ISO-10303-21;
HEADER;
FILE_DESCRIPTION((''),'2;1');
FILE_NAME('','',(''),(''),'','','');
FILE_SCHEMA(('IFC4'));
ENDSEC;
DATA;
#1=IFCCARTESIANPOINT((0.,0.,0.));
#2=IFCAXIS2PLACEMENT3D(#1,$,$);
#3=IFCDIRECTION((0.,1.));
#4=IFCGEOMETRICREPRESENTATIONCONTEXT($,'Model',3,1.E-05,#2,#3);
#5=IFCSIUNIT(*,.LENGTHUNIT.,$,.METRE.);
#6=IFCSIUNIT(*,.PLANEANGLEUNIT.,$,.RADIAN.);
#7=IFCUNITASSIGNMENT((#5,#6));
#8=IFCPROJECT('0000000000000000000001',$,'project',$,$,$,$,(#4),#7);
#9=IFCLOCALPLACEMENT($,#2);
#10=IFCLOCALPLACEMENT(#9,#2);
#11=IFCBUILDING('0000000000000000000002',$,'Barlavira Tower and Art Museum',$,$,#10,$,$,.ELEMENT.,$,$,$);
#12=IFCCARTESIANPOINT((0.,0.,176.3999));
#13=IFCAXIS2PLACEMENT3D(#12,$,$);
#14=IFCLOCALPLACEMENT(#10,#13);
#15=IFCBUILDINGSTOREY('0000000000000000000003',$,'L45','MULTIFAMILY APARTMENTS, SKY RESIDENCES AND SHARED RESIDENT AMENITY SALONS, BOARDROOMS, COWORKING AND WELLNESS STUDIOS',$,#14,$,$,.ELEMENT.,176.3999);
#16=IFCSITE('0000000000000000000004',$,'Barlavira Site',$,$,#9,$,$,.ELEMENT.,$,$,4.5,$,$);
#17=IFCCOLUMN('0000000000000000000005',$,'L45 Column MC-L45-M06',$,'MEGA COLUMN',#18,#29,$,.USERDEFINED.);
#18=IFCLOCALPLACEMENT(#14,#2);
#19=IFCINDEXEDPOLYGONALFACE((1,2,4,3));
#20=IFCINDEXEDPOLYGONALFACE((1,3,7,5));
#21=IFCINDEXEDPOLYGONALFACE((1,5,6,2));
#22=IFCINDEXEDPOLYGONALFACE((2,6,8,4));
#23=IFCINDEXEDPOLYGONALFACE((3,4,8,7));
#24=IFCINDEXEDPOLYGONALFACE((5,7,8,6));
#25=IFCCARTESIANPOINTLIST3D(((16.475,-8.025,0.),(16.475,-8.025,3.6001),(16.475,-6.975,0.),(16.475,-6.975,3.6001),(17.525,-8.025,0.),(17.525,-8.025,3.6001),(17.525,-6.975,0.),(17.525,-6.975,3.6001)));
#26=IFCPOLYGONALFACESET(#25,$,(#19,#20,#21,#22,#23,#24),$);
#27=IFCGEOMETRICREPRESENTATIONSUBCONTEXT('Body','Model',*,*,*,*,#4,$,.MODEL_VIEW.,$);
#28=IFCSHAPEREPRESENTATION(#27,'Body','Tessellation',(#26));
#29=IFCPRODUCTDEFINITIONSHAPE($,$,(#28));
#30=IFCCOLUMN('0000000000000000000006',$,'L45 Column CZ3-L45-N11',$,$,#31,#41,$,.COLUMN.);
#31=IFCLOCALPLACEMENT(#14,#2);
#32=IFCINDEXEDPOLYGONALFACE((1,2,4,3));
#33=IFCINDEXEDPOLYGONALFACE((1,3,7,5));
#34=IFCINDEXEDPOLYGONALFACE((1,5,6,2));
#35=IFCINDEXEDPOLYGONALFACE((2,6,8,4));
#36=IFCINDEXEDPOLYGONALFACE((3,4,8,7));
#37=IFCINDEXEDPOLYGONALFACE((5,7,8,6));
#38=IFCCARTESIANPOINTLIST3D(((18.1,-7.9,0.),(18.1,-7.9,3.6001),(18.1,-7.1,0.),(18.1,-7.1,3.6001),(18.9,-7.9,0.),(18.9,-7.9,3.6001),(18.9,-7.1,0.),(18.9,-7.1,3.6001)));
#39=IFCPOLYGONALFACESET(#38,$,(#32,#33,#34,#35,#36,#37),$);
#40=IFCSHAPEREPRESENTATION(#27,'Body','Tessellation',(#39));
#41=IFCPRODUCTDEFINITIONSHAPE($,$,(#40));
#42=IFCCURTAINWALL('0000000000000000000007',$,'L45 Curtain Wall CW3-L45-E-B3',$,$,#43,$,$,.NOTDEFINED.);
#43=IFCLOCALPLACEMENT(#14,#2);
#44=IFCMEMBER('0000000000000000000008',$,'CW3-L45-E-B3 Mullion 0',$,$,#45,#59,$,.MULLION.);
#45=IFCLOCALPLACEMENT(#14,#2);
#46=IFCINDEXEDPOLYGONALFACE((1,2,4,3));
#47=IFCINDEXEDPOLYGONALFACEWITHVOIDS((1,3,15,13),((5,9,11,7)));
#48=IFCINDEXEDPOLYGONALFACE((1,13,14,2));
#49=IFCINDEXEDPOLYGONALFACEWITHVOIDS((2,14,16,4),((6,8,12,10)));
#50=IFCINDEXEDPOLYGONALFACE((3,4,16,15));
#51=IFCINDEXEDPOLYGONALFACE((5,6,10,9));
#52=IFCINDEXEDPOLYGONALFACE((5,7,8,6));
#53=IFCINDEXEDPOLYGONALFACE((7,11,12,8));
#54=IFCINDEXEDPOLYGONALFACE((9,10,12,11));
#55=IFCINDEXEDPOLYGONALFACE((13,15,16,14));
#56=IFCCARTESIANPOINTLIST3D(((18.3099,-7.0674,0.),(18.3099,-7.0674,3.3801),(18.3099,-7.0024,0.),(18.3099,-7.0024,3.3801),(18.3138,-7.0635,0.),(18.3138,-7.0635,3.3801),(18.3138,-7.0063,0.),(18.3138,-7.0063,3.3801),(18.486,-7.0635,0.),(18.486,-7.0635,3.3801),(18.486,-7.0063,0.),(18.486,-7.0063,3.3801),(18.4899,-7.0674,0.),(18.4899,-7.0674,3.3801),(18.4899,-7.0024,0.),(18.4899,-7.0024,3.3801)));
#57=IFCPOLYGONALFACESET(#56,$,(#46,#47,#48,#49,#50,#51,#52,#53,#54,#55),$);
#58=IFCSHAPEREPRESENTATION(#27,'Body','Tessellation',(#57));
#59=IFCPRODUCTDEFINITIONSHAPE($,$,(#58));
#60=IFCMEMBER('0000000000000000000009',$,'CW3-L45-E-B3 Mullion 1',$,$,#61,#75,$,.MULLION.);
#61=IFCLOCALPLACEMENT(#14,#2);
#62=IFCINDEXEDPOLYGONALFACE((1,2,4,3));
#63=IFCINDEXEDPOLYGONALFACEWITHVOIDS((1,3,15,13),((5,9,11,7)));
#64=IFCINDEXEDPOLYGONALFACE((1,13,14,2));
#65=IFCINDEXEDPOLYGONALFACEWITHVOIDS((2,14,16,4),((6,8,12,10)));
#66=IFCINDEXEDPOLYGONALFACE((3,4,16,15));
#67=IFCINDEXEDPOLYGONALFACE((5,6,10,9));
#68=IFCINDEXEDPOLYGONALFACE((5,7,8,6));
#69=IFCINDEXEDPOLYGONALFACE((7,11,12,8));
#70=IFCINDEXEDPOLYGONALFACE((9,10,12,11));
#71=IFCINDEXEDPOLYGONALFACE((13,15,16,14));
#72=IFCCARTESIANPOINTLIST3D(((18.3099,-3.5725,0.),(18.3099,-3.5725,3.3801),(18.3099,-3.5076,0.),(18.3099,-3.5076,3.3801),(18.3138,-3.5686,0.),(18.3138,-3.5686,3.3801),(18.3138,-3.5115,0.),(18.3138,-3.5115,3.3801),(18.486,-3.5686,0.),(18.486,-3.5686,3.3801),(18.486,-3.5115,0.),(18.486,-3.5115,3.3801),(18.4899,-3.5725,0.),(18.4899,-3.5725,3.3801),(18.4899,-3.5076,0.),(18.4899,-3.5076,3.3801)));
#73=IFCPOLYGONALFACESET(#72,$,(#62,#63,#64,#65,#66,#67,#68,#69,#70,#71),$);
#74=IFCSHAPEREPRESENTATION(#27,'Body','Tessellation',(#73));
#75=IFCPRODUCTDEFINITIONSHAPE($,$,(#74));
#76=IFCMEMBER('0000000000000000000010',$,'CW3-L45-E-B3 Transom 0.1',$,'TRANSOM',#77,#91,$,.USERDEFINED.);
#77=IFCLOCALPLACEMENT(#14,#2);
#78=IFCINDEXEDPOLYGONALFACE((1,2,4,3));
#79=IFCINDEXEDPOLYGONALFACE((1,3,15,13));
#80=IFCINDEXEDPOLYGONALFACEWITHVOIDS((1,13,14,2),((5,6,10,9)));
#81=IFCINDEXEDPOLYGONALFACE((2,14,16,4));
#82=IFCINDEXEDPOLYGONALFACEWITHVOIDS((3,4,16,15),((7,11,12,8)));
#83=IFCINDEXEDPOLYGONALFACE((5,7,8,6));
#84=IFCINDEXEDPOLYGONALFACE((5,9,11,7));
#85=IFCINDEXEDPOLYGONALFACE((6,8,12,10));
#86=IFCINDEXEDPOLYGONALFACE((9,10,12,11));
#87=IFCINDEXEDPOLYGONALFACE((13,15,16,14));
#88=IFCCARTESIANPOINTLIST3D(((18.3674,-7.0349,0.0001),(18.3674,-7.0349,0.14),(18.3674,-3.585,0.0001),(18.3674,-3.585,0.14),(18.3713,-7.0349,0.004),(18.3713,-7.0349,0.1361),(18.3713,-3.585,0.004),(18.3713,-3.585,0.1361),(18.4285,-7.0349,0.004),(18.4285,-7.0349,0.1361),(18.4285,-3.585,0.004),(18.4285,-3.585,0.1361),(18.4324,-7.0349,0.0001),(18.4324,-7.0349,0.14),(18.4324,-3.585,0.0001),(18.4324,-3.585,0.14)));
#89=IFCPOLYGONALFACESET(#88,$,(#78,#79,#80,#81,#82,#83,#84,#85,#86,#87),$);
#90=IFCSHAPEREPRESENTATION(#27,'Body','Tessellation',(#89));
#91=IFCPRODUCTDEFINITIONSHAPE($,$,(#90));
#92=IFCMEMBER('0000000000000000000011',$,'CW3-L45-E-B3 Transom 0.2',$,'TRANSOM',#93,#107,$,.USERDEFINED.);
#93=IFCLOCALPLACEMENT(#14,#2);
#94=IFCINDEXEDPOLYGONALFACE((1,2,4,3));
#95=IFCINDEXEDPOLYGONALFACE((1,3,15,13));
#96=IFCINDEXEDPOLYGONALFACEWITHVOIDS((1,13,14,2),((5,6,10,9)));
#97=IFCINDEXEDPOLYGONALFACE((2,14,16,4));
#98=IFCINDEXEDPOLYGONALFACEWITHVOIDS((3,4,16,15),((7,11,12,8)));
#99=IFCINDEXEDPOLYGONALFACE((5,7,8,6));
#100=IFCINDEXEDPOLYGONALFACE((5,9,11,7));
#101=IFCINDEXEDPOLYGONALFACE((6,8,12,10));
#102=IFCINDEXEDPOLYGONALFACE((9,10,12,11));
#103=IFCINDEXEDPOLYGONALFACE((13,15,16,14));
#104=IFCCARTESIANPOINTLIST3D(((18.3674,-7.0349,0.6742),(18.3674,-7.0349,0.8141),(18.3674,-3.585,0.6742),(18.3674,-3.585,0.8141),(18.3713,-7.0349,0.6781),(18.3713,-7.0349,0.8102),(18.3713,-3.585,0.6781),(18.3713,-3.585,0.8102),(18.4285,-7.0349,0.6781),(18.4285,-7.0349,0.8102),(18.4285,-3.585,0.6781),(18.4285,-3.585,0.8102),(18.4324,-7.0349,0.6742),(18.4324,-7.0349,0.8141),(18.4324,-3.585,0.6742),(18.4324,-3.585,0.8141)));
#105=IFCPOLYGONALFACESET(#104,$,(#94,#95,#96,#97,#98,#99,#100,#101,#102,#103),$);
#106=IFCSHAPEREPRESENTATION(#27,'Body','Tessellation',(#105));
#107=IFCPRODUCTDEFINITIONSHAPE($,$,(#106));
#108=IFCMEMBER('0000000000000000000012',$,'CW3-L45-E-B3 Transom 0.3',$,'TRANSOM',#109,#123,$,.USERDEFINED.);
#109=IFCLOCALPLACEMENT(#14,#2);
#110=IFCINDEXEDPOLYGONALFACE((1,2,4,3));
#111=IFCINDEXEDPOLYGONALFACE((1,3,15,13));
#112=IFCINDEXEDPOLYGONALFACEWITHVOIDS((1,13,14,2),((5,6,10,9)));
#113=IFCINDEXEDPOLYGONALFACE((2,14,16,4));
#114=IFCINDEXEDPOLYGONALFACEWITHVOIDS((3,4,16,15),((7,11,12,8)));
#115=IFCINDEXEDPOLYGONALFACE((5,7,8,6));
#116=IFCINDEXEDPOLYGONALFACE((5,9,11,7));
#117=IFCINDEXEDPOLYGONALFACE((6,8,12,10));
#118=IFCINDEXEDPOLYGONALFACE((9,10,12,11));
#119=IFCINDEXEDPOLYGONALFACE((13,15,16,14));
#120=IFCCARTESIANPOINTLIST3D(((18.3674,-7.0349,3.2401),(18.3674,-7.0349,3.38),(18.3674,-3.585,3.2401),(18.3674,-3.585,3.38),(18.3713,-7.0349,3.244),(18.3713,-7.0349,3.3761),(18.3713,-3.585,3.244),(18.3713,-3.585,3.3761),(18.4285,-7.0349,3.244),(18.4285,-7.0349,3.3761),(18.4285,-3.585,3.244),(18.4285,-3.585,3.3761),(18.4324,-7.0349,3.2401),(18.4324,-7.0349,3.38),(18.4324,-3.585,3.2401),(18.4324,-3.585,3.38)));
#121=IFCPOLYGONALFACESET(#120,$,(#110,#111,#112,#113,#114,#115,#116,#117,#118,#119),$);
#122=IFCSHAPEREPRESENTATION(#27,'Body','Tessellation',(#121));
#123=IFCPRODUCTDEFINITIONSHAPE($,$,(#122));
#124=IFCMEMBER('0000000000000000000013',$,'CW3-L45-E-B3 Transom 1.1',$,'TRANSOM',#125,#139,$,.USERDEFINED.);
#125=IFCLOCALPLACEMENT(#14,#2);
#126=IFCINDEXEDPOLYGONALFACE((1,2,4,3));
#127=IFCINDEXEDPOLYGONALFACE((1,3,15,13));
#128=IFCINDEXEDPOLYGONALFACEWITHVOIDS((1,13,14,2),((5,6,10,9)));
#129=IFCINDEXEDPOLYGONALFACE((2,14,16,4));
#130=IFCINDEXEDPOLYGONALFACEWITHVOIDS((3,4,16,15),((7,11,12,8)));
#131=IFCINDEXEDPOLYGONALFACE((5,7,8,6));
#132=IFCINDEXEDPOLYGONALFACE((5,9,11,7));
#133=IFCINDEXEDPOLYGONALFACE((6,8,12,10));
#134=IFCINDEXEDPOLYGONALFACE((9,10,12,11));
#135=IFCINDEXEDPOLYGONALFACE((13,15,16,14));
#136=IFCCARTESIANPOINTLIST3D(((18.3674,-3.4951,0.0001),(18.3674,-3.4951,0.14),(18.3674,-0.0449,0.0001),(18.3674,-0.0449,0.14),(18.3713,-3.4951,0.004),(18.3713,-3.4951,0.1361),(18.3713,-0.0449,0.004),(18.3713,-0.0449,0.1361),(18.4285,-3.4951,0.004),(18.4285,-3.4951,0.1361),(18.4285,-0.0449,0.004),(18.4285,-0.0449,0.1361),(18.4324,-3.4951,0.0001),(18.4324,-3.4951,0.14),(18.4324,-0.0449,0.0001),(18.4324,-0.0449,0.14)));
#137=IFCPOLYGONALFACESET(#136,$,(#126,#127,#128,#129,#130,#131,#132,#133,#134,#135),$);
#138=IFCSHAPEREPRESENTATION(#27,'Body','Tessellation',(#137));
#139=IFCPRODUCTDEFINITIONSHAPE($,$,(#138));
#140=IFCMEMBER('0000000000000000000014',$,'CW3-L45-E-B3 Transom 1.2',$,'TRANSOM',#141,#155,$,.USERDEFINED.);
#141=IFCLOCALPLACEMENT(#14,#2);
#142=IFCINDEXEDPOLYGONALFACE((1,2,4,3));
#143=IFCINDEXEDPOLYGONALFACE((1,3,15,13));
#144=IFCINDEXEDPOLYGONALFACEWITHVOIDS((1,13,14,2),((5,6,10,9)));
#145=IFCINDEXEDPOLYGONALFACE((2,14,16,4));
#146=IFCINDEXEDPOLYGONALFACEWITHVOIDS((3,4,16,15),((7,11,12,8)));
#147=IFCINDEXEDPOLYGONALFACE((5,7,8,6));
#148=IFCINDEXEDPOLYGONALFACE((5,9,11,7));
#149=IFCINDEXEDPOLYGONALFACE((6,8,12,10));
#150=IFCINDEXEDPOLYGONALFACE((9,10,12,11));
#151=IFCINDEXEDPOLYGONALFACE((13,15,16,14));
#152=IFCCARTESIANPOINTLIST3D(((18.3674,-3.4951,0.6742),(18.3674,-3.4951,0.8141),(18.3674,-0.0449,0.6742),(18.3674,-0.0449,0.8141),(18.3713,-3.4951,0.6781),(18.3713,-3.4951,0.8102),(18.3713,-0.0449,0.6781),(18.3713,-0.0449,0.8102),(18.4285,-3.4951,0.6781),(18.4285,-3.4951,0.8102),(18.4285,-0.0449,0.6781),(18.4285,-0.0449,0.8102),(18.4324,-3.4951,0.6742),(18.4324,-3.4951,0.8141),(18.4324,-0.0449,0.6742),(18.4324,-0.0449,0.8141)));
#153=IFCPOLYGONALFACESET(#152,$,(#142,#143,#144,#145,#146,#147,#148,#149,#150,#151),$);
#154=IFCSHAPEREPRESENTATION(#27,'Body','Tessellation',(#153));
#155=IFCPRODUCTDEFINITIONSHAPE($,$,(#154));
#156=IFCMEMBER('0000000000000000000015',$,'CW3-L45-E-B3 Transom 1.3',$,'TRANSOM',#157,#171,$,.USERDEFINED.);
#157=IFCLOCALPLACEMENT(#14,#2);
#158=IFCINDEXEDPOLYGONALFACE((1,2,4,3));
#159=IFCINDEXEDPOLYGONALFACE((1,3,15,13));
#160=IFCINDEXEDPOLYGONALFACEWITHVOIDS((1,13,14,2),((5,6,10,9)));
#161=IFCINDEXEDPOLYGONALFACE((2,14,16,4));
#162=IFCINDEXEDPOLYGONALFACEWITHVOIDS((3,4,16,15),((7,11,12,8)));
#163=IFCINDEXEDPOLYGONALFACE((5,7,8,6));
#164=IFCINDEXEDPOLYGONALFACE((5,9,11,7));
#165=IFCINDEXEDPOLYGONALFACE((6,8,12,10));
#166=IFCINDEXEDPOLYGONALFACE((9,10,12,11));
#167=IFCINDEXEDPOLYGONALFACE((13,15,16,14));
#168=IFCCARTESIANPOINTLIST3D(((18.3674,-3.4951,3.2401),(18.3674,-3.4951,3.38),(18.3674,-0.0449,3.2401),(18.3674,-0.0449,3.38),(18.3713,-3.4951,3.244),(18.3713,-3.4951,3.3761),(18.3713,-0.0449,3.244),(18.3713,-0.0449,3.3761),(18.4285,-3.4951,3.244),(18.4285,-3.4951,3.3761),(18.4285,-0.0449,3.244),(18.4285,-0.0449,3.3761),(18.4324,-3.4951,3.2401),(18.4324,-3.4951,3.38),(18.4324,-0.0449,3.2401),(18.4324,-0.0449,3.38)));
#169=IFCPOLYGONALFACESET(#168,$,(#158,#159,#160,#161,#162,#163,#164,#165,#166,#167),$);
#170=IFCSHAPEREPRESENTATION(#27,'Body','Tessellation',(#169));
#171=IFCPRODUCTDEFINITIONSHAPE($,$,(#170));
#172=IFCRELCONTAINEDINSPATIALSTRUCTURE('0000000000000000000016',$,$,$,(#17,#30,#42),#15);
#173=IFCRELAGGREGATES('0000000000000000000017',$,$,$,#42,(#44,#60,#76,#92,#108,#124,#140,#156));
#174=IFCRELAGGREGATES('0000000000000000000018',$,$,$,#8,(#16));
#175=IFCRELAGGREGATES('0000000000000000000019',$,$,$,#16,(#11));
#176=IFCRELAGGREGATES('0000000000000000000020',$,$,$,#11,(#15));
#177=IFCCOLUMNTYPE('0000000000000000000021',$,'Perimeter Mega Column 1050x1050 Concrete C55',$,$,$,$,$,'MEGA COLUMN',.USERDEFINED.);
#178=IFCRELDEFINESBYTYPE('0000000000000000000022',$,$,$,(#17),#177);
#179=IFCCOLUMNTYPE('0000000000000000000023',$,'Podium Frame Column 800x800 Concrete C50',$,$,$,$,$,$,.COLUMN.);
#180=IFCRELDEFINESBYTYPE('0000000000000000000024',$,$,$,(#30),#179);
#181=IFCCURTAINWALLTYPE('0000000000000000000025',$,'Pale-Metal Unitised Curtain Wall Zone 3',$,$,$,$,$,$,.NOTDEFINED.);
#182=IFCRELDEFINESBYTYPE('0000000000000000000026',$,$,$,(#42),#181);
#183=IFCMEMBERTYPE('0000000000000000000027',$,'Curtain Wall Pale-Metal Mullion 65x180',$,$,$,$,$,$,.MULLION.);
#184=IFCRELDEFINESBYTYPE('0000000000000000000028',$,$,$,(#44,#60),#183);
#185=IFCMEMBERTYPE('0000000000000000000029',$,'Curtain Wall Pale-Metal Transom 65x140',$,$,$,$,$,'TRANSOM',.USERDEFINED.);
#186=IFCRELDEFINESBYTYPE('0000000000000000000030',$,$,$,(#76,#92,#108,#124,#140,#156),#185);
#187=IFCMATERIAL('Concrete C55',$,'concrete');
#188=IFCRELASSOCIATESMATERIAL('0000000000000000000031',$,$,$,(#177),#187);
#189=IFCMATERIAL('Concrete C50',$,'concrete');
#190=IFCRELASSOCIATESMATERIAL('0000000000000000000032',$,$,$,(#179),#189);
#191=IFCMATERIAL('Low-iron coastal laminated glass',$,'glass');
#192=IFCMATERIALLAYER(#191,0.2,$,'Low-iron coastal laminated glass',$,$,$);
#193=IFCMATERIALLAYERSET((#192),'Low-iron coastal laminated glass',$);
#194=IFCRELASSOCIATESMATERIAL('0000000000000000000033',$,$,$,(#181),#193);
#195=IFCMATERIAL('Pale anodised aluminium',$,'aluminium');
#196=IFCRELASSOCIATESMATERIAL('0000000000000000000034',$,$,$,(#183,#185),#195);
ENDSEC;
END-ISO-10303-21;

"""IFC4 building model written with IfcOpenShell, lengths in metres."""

from ifc_helpers import new_model, si_unit, direction, frame, origin, origin_2d, place, context, subcontext, project, spatial, rectangle, hollow_rectangle, extrude, material, layer, layer_set, material_profile, profile_set, type_object, element, aggregate, save


model = new_model("IFC4")

# Units and contexts
model_context = context("Model", 3, precision=1e-05, world=origin(), true_north=direction((0.0, 1.0)))
body_context = subcontext(model_context, "Body", "Model", "MODEL_VIEW")
ifc_project = project(units=[si_unit("LENGTHUNIT", "METRE"), si_unit("PLANEANGLEUNIT", "RADIAN")], contexts=[model_context])

# Site, building, storey
site_placement = place(None, origin())
site = spatial("IfcSite", under=ifc_project, at=site_placement, Name="Barlavira Site", CompositionType="ELEMENT", RefElevation=4.5)
building_placement = place(site_placement, origin())
building = spatial("IfcBuilding", under=site, at=building_placement, Name="Barlavira Tower and Art Museum", CompositionType="ELEMENT")
storey_placement = place(building_placement, frame((0.0, 0.0, 176.3999)))
storey = spatial("IfcBuildingStorey", under=building, at=storey_placement, Name="L45", Description="MULTIFAMILY APARTMENTS, SKY RESIDENCES AND SHARED RESIDENT AMENITY SALONS, BOARDROOMS, COWORKING AND WELLNESS STUDIOS", CompositionType="ELEMENT", Elevation=176.3999)

# Columns
ifc_material_1 = material(Name="Concrete C55", Category="concrete")
ifc_material_profile_1 = material_profile(ifc_material_1, rectangle(XDim=1.05, YDim=1.05, at=origin_2d()), Name="RC-COL 1050x1050")
ifc_profile_set_1 = profile_set([ifc_material_profile_1], Name="Concrete C55")
column_type_1 = type_object("IfcColumnType", Name="Perimeter Mega Column 1050x1050 Concrete C55", ElementType="MEGA COLUMN", PredefinedType="USERDEFINED", material=ifc_profile_set_1)
column_1_placement = place(storey_placement, frame((17.0, -7.5, 0.0), z_axis=(0.0, 0.0, 1.0), x_axis=(1.0, 0.0, 0.0)))
element("IfcColumn", 1, at=column_1_placement, inside=storey, type_object=column_type_1, Name="L45 Column MC-L45-M06", ObjectType="MEGA COLUMN", PredefinedType="USERDEFINED", context=body_context, shape_type="SweptSolid", body=[
    extrude(rectangle(XDim=1.05, YDim=1.05, at=origin_2d()), origin(), (0.0, 0.0, 1.0), 3.6001),
])
ifc_material_2 = material(Name="Concrete C50", Category="concrete")
ifc_material_profile_2 = material_profile(ifc_material_2, rectangle(XDim=0.8, YDim=0.8, at=origin_2d()), Name="RC-COL 800x800")
ifc_profile_set_2 = profile_set([ifc_material_profile_2], Name="Concrete C50")
column_type_2 = type_object("IfcColumnType", Name="Podium Frame Column 800x800 Concrete C50", PredefinedType="COLUMN", material=ifc_profile_set_2)
column_2_placement = place(storey_placement, frame((18.5, -7.5, 0.0), z_axis=(0.0, 0.0, 1.0), x_axis=(1.0, 0.0, 0.0)))
element("IfcColumn", 2, at=column_2_placement, inside=storey, type_object=column_type_2, Name="L45 Column CZ3-L45-N11", PredefinedType="COLUMN", context=body_context, shape_type="SweptSolid", body=[
    extrude(rectangle(XDim=0.8, YDim=0.8, at=origin_2d()), origin(), (0.0, 0.0, 1.0), 3.6001),
])

# Curtain wall, members
ifc_material_3 = material(Name="Low-iron coastal laminated glass", Category="glass")
ifc_layer_1 = layer(ifc_material_3, 0.2, Name="Low-iron coastal laminated glass")
ifc_layer_set_1 = layer_set([ifc_layer_1], Name="Low-iron coastal laminated glass")
curtain_wall_type = type_object("IfcCurtainWallType", Name="Pale-Metal Unitised Curtain Wall Zone 3", PredefinedType="NOTDEFINED", material=ifc_layer_set_1)
curtain_wall_placement = place(storey_placement, origin())
curtain_wall = element("IfcCurtainWall", 3, at=curtain_wall_placement, inside=storey, type_object=curtain_wall_type, Name="L45 Curtain Wall CW3-L45-E-B3", PredefinedType="NOTDEFINED")
ifc_material_4 = material(Name="Pale anodised aluminium", Category="aluminium")
ifc_material_profile_3 = material_profile(ifc_material_4, hollow_rectangle(XDim=0.0649, YDim=0.1799, WallThickness=0.0039, at=origin_2d()), Name="ALU-MULL 65x180x4")
ifc_profile_set_3 = profile_set([ifc_material_profile_3], Name="Pale anodised aluminium")
member_type_1 = type_object("IfcMemberType", Name="Curtain Wall Pale-Metal Mullion 65x180", PredefinedType="MULLION", material=ifc_profile_set_3)
member_1_placement = place(storey_placement, frame((18.3999, -7.0349, 0.0), z_axis=(0.0, 0.0, 1.0), x_axis=(0.0, 1.0, 0.0)))
member_1 = element("IfcMember", 4, at=member_1_placement, type_object=member_type_1, Name="CW3-L45-E-B3 Mullion 0", PredefinedType="MULLION", context=body_context, shape_type="SweptSolid", body=[
    extrude(hollow_rectangle(XDim=0.0649, YDim=0.1799, WallThickness=0.0039, at=origin_2d()), origin(), (0.0, 0.0, 1.0), 3.3801),
])
member_2_placement = place(storey_placement, frame((18.3999, -3.54, 0.0), z_axis=(0.0, 0.0, 1.0), x_axis=(0.0, 1.0, 0.0)))
member_2 = element("IfcMember", 5, at=member_2_placement, type_object=member_type_1, Name="CW3-L45-E-B3 Mullion 1", PredefinedType="MULLION", context=body_context, shape_type="SweptSolid", body=[
    extrude(hollow_rectangle(XDim=0.0649, YDim=0.1799, WallThickness=0.0039, at=origin_2d()), origin(), (0.0, 0.0, 1.0), 3.3801),
])
ifc_material_profile_4 = material_profile(ifc_material_4, hollow_rectangle(XDim=0.0649, YDim=0.1399, WallThickness=0.0039, at=origin_2d()), Name="ALU-TRAN 65x140x4")
ifc_profile_set_4 = profile_set([ifc_material_profile_4], Name="Pale anodised aluminium")
member_type_2 = type_object("IfcMemberType", Name="Curtain Wall Pale-Metal Transom 65x140", ElementType="TRANSOM", PredefinedType="USERDEFINED", material=ifc_profile_set_4)
member_3_placement = place(storey_placement, frame((18.3999, -7.0349, 0.0701), z_axis=(0.0, 1.0, 0.0), x_axis=(-1.0, 0.0, 0.0)))
member_3 = element("IfcMember", 6, at=member_3_placement, type_object=member_type_2, Name="CW3-L45-E-B3 Transom 0.1", ObjectType="TRANSOM", PredefinedType="USERDEFINED", context=body_context, shape_type="SweptSolid", body=[
    extrude(hollow_rectangle(XDim=0.0649, YDim=0.1399, WallThickness=0.0039, at=origin_2d()), origin(), (0.0, 0.0, 1.0), 3.45),
])
member_4_placement = place(storey_placement, frame((18.3999, -7.0349, 0.7441), z_axis=(0.0, 1.0, 0.0), x_axis=(-1.0, 0.0, 0.0)))
member_4 = element("IfcMember", 7, at=member_4_placement, type_object=member_type_2, Name="CW3-L45-E-B3 Transom 0.2", ObjectType="TRANSOM", PredefinedType="USERDEFINED", context=body_context, shape_type="SweptSolid", body=[
    extrude(hollow_rectangle(XDim=0.0649, YDim=0.1399, WallThickness=0.0039, at=origin_2d()), origin(), (0.0, 0.0, 1.0), 3.45),
])
member_5_placement = place(storey_placement, frame((18.3999, -7.0349, 3.3101), z_axis=(0.0, 1.0, 0.0), x_axis=(-1.0, 0.0, 0.0)))
member_5 = element("IfcMember", 8, at=member_5_placement, type_object=member_type_2, Name="CW3-L45-E-B3 Transom 0.3", ObjectType="TRANSOM", PredefinedType="USERDEFINED", context=body_context, shape_type="SweptSolid", body=[
    extrude(hollow_rectangle(XDim=0.0649, YDim=0.1399, WallThickness=0.0039, at=origin_2d()), origin(), (0.0, 0.0, 1.0), 3.45),
])
member_6_placement = place(storey_placement, frame((18.3999, -3.4951, 0.0701), z_axis=(0.0, 1.0, 0.0), x_axis=(-1.0, 0.0, 0.0)))
member_6 = element("IfcMember", 9, at=member_6_placement, type_object=member_type_2, Name="CW3-L45-E-B3 Transom 1.1", ObjectType="TRANSOM", PredefinedType="USERDEFINED", context=body_context, shape_type="SweptSolid", body=[
    extrude(hollow_rectangle(XDim=0.0649, YDim=0.1399, WallThickness=0.0039, at=origin_2d()), origin(), (0.0, 0.0, 1.0), 3.4502),
])
member_7_placement = place(storey_placement, frame((18.3999, -3.4951, 0.7441), z_axis=(0.0, 1.0, 0.0), x_axis=(-1.0, 0.0, 0.0)))
member_7 = element("IfcMember", 10, at=member_7_placement, type_object=member_type_2, Name="CW3-L45-E-B3 Transom 1.2", ObjectType="TRANSOM", PredefinedType="USERDEFINED", context=body_context, shape_type="SweptSolid", body=[
    extrude(hollow_rectangle(XDim=0.0649, YDim=0.1399, WallThickness=0.0039, at=origin_2d()), origin(), (0.0, 0.0, 1.0), 3.4502),
])
member_8_placement = place(storey_placement, frame((18.3999, -3.4951, 3.3101), z_axis=(0.0, 1.0, 0.0), x_axis=(-1.0, 0.0, 0.0)))
member_8 = element("IfcMember", 11, at=member_8_placement, type_object=member_type_2, Name="CW3-L45-E-B3 Transom 1.3", ObjectType="TRANSOM", PredefinedType="USERDEFINED", context=body_context, shape_type="SweptSolid", body=[
    extrude(hollow_rectangle(XDim=0.0649, YDim=0.1399, WallThickness=0.0039, at=origin_2d()), origin(), (0.0, 0.0, 1.0), 3.4502),
])

aggregate(curtain_wall, [member_1, member_2, member_3, member_4, member_5, member_6, member_7, member_8])

save(model, "model.ifc")
